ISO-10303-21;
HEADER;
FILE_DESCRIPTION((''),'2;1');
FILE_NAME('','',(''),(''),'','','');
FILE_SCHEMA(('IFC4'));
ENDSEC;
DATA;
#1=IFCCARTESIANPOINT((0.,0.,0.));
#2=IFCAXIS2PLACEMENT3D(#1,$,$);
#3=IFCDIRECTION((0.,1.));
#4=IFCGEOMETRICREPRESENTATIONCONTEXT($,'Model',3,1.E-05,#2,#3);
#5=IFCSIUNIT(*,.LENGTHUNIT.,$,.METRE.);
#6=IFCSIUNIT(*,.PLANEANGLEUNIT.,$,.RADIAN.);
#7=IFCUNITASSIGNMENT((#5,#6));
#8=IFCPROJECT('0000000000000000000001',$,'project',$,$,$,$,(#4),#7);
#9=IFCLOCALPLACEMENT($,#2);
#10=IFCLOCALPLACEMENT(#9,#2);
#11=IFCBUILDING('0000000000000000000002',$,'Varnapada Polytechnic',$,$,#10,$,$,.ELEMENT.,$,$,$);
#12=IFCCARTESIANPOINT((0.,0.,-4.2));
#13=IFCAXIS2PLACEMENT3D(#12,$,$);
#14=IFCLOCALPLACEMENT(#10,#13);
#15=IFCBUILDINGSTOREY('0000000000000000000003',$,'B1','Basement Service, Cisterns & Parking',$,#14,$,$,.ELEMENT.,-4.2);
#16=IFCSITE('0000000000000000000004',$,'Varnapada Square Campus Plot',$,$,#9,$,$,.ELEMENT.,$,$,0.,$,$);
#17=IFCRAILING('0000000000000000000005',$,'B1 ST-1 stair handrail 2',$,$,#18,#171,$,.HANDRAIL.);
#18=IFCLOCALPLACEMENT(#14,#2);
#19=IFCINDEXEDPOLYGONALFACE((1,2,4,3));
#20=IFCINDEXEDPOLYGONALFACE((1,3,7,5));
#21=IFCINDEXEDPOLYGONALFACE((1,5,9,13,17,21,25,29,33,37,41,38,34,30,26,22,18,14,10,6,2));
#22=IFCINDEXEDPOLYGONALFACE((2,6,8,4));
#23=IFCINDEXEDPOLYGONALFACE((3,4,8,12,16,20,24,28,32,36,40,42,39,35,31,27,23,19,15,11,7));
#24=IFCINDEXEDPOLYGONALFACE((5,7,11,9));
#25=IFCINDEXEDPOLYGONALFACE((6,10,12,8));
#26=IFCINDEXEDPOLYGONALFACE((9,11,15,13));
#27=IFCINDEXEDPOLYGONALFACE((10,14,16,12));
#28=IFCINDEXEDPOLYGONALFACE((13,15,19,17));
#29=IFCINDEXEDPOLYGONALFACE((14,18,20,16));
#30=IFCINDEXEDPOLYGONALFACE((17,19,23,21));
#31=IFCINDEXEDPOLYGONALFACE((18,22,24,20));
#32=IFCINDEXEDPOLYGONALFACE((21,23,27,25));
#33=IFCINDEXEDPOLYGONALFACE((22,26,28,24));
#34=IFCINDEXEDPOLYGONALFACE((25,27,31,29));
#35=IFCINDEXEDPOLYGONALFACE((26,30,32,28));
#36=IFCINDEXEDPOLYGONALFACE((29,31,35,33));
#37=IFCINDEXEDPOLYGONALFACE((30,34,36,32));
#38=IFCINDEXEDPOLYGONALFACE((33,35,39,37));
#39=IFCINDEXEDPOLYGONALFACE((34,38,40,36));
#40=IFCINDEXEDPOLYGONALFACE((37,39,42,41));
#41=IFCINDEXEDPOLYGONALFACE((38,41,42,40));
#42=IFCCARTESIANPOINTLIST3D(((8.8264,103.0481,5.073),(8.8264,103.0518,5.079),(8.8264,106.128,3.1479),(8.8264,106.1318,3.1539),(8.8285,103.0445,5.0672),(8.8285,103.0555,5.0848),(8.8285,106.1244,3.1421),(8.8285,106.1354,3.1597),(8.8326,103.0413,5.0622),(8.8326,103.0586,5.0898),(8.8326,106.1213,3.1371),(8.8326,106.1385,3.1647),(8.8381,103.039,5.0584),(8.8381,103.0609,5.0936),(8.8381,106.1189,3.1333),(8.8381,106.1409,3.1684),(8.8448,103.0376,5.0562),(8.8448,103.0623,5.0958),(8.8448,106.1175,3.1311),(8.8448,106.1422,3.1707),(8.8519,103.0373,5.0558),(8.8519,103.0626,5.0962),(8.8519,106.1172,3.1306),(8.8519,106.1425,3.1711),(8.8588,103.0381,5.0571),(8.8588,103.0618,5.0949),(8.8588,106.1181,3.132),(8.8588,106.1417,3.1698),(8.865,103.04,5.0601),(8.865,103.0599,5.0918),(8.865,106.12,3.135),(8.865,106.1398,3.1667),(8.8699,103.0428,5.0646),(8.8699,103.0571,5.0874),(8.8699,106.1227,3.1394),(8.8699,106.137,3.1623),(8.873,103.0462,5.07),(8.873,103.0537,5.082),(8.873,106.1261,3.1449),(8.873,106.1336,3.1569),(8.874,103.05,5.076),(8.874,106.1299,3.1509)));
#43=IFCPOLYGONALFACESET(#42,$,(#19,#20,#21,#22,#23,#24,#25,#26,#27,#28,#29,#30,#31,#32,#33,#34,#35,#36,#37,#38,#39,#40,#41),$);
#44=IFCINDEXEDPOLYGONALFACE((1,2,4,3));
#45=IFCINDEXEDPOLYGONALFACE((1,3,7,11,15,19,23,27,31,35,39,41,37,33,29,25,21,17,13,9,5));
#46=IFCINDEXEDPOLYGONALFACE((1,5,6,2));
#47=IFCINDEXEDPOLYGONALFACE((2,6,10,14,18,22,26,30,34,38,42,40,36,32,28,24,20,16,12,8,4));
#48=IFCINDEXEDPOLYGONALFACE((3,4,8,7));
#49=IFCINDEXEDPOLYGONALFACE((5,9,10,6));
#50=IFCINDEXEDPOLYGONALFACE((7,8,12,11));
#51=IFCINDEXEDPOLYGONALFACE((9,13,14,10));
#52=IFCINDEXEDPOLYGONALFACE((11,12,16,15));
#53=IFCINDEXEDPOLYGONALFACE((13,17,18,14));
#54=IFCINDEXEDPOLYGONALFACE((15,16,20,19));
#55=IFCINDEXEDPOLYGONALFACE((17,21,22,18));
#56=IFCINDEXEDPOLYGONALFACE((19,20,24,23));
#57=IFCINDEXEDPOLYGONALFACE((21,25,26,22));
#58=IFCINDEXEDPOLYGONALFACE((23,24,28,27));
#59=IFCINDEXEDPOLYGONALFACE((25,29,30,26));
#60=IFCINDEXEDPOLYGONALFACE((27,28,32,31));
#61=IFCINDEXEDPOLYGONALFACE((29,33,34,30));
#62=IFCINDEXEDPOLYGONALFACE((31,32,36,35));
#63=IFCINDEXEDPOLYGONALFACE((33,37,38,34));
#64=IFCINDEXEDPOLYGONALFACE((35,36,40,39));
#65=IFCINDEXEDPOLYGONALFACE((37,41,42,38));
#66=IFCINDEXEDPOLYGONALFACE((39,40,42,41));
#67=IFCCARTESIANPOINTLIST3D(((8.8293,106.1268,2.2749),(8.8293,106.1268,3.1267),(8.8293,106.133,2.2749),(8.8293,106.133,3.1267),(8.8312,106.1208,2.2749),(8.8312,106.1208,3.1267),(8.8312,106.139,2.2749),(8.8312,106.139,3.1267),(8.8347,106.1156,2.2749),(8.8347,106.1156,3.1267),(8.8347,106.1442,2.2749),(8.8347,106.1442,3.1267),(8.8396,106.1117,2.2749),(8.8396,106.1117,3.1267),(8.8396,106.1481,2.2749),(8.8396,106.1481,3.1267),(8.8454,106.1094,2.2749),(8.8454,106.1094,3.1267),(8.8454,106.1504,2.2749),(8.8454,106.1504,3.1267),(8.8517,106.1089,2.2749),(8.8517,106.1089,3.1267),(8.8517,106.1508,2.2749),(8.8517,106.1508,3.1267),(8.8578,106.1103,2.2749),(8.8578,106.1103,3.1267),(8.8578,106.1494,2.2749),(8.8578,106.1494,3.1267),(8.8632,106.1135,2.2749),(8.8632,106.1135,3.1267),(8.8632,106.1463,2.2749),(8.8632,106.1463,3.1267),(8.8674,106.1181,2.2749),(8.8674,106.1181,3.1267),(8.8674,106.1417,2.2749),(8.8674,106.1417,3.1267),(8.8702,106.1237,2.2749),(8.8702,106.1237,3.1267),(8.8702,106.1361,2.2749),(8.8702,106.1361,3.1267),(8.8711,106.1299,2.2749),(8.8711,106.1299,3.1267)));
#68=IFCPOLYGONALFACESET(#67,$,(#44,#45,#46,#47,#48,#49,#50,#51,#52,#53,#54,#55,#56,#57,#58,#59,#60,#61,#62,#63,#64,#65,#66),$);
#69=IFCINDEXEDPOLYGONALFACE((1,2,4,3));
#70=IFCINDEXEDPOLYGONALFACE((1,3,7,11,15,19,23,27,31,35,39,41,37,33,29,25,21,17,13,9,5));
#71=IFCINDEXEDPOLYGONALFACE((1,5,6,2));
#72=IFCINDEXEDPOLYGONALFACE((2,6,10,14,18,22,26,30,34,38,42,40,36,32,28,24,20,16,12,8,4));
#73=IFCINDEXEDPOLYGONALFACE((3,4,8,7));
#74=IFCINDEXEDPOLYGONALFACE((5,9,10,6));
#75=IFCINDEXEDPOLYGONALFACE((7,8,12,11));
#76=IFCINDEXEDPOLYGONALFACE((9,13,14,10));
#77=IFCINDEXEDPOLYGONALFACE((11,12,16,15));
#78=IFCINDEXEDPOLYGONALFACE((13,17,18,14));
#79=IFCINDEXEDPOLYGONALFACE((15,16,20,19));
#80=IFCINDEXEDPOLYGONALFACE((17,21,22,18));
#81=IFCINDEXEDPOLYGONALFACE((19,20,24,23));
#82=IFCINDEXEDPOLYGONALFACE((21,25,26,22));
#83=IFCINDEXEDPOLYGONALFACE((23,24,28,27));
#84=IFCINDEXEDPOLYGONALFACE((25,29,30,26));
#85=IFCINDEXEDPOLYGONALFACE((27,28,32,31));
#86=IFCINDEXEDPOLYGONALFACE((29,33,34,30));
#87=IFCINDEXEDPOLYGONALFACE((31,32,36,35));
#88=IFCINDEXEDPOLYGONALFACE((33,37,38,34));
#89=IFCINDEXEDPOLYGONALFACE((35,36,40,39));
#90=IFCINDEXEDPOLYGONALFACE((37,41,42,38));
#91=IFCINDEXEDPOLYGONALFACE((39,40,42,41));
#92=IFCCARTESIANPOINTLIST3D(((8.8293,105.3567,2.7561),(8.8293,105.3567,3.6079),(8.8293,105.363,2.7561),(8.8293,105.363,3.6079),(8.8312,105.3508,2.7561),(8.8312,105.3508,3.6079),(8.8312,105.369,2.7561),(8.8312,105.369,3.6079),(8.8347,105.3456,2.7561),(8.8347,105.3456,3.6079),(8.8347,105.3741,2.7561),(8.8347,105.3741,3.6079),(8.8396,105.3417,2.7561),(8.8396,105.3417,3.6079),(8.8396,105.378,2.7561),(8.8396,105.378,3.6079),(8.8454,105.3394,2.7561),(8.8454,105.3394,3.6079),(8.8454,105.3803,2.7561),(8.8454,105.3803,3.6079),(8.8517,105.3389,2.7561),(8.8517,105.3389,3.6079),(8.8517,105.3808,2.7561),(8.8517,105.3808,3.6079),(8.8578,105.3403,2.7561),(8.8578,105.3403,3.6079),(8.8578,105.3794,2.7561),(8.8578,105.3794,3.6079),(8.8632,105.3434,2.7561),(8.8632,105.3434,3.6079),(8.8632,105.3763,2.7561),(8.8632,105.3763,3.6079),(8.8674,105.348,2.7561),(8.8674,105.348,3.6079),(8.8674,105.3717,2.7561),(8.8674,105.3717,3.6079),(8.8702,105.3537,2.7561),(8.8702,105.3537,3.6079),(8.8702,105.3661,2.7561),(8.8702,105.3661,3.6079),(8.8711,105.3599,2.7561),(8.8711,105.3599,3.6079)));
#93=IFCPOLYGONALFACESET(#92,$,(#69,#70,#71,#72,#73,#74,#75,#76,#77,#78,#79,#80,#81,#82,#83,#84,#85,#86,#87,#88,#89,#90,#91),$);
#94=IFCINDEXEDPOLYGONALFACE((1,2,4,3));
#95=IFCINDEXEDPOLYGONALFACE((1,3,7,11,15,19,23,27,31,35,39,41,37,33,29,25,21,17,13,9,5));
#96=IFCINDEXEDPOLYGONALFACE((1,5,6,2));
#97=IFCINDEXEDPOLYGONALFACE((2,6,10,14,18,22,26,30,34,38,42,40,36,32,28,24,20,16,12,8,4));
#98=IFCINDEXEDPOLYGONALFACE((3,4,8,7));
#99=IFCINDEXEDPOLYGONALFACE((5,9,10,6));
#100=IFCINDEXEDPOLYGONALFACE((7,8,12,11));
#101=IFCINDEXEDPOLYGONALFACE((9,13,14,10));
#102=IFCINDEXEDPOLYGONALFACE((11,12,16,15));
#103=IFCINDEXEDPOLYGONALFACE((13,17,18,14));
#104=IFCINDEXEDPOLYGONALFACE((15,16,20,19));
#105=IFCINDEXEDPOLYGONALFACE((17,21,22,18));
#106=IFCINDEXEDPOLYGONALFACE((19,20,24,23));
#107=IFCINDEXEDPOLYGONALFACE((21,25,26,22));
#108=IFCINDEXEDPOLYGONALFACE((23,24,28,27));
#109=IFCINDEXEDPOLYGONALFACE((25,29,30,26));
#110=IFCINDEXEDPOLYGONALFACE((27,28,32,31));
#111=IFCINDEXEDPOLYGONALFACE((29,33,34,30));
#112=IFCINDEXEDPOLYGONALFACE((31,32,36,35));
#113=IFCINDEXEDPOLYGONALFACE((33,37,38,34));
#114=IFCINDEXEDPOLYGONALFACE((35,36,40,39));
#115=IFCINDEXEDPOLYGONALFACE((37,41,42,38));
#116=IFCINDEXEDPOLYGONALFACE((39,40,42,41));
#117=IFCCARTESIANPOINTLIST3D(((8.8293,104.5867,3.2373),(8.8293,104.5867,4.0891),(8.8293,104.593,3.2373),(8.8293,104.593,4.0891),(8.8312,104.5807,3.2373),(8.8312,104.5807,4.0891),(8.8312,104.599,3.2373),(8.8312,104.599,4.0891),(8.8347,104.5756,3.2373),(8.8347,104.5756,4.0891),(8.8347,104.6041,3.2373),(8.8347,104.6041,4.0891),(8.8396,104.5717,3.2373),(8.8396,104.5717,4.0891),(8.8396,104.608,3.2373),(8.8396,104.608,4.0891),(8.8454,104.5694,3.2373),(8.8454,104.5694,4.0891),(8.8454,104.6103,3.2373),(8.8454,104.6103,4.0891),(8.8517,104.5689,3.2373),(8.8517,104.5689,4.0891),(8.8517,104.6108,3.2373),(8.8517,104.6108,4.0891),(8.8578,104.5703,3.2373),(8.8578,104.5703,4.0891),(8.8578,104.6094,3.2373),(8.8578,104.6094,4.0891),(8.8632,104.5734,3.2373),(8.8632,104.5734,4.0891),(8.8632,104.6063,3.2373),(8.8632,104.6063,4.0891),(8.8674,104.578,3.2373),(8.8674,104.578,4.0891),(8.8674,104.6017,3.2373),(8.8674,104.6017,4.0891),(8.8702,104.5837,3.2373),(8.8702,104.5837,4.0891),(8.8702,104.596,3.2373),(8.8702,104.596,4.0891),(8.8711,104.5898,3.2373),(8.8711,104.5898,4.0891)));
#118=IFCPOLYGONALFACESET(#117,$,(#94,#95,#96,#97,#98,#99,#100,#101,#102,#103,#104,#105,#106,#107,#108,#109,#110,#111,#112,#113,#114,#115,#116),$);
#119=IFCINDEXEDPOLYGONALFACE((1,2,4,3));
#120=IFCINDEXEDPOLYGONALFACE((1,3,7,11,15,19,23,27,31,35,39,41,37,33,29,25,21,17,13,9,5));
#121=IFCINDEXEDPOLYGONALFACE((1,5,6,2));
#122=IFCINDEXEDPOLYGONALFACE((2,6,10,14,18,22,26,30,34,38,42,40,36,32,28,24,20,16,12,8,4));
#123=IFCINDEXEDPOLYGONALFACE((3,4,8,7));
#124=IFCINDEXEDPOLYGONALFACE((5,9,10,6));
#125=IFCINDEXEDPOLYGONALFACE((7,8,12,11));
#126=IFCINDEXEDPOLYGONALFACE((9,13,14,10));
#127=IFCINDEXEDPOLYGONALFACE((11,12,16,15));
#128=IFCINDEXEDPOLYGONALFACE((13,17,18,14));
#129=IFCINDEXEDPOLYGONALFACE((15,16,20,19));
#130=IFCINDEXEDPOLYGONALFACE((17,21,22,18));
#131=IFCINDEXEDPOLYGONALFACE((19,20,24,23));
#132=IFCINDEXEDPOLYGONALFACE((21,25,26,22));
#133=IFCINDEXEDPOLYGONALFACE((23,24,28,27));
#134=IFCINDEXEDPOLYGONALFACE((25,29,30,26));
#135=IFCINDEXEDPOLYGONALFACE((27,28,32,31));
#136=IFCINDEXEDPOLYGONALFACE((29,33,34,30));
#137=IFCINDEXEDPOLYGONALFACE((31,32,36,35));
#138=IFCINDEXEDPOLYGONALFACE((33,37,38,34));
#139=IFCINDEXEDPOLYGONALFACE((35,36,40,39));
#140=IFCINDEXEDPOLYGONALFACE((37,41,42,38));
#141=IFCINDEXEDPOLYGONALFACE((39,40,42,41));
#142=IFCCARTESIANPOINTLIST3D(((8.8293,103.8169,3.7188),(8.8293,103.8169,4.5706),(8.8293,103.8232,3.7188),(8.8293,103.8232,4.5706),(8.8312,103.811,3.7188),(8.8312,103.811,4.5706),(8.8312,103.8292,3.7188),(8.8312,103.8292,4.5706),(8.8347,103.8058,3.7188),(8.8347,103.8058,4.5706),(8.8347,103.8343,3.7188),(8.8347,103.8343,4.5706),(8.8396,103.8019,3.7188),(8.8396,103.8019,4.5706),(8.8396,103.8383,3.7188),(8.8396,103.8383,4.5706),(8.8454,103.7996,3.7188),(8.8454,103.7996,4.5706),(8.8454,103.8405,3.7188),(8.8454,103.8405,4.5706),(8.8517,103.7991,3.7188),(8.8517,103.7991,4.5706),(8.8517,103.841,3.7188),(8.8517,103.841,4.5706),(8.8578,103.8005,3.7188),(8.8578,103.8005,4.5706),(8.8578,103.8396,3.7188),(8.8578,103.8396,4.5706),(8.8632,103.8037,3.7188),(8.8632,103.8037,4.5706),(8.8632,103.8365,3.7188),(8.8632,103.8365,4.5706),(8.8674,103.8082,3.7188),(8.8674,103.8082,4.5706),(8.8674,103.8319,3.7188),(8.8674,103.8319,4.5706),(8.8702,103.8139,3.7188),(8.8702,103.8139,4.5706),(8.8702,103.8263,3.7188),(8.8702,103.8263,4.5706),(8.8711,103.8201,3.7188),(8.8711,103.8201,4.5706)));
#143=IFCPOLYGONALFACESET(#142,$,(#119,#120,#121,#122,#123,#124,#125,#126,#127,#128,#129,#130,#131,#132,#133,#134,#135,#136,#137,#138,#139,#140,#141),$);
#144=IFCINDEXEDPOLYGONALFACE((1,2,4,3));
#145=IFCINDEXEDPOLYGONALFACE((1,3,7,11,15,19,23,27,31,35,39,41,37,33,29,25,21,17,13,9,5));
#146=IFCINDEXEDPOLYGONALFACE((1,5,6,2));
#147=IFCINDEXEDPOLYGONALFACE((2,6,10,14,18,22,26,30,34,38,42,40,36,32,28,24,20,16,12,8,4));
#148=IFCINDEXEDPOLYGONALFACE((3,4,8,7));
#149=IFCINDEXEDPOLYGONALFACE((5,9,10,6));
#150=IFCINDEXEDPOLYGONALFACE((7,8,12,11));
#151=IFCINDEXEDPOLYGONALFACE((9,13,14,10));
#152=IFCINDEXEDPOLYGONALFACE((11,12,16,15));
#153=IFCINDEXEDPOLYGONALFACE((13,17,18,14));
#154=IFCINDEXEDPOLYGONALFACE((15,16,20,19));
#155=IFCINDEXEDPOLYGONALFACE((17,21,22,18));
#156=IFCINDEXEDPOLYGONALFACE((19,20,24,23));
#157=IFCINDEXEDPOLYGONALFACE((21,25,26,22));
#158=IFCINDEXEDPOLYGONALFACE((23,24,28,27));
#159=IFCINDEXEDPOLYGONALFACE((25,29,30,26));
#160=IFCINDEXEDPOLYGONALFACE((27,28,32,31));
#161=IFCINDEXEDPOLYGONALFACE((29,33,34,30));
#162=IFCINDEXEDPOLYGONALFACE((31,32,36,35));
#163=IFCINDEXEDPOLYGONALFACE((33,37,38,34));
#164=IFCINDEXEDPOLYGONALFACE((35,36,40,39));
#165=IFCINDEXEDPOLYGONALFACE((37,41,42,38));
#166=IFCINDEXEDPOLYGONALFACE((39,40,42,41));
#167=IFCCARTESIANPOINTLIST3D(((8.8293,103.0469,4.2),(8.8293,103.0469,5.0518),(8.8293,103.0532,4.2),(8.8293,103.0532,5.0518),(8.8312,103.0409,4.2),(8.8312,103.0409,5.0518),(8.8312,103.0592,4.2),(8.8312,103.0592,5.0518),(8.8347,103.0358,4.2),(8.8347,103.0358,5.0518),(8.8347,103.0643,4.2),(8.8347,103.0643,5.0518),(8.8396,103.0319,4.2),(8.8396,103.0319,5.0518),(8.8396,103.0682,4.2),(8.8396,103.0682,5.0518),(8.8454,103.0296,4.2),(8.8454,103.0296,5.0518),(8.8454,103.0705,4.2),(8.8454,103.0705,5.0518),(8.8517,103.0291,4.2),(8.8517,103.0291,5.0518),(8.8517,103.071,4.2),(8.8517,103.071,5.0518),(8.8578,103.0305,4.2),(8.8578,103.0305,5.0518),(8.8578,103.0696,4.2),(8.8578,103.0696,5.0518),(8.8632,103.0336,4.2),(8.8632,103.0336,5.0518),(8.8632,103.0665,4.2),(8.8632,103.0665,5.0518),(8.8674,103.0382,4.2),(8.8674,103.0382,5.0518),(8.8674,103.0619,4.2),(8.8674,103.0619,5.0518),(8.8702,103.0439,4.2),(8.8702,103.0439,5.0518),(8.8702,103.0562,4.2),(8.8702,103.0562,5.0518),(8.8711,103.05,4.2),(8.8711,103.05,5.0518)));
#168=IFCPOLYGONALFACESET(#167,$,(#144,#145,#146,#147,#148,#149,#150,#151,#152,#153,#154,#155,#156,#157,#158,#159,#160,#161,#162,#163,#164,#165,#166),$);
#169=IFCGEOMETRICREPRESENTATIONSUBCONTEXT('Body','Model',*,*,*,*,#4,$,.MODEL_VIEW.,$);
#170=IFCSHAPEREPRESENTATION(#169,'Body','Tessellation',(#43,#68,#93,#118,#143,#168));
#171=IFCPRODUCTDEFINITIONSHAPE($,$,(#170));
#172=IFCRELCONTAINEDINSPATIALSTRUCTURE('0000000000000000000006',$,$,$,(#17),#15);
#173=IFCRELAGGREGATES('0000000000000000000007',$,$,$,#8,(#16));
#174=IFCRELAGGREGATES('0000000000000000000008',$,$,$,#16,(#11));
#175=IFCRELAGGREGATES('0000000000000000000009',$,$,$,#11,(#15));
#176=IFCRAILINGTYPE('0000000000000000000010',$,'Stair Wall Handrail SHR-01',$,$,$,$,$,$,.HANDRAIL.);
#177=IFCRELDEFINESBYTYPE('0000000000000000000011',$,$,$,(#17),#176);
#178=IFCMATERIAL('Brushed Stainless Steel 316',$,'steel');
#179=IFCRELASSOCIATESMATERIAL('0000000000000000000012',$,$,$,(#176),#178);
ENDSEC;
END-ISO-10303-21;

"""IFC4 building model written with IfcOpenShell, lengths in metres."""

from ifc_helpers import new_model, si_unit, direction, frame, origin, origin_2d, place, context, subcontext, project, spatial, circle, extrude, material, type_object, element, save


model = new_model("IFC4")

# Units and contexts
model_context = context("Model", 3, precision=1e-05, world=origin(), true_north=direction((0.0, 1.0)))
body_context = subcontext(model_context, "Body", "Model", "MODEL_VIEW")
ifc_project = project(units=[si_unit("LENGTHUNIT", "METRE"), si_unit("PLANEANGLEUNIT", "RADIAN")], contexts=[model_context])

# Site, building, storey
site_placement = place(None, origin())
site = spatial("IfcSite", under=ifc_project, at=site_placement, Name="Varnapada Square Campus Plot", CompositionType="ELEMENT", RefElevation=0.0)
building_placement = place(site_placement, origin())
building = spatial("IfcBuilding", under=site, at=building_placement, Name="Varnapada Polytechnic", CompositionType="ELEMENT")
storey_placement = place(building_placement, frame((0.0, 0.0, -4.2)))
storey = spatial("IfcBuildingStorey", under=building, at=storey_placement, Name="B1", Description="Basement Service, Cisterns & Parking", CompositionType="ELEMENT", Elevation=-4.2)

# Shared definitions
ifc_material_1 = material(Name="Brushed Stainless Steel 316", Category="steel")

# Railing
railing_type_1 = type_object("IfcRailingType", Name="Stair Wall Handrail SHR-01", PredefinedType="HANDRAIL", material=ifc_material_1)
railing_1_placement = place(storey_placement, frame((8.8501, 106.1299, 2.2749)))
element("IfcRailing", 1, at=railing_1_placement, inside=storey, type_object=railing_type_1, Name="B1 ST-1 stair handrail 2", PredefinedType="HANDRAIL", context=body_context, shape_type="SweptSolid", body=[
    extrude(circle(Radius=0.0239, at=origin_2d()), frame((0.0, 0.0, 0.876), z_axis=(0.0, -0.847979, 0.530029), x_axis=(1.0, 0.0, 0.0)), (0.0, 0.0, 1.0), 3.6321),
    extrude(circle(Radius=0.021, at=origin_2d()), origin(), (0.0, 0.0, 1.0), 0.8518),
    extrude(circle(Radius=0.021, at=origin_2d()), frame((0.0, -0.77, 0.4812)), (0.0, 0.0, 1.0), 0.8518),
    extrude(circle(Radius=0.021, at=origin_2d()), frame((0.0, -1.54, 0.9624)), (0.0, 0.0, 1.0), 0.8518),
    extrude(circle(Radius=0.021, at=origin_2d()), frame((0.0, -2.3098, 1.4438)), (0.0, 0.0, 1.0), 0.8518),
    extrude(circle(Radius=0.021, at=origin_2d()), frame((0.0, -3.0798, 1.925)), (0.0, 0.0, 1.0), 0.8518),
])

save(model, "model.ifc")
